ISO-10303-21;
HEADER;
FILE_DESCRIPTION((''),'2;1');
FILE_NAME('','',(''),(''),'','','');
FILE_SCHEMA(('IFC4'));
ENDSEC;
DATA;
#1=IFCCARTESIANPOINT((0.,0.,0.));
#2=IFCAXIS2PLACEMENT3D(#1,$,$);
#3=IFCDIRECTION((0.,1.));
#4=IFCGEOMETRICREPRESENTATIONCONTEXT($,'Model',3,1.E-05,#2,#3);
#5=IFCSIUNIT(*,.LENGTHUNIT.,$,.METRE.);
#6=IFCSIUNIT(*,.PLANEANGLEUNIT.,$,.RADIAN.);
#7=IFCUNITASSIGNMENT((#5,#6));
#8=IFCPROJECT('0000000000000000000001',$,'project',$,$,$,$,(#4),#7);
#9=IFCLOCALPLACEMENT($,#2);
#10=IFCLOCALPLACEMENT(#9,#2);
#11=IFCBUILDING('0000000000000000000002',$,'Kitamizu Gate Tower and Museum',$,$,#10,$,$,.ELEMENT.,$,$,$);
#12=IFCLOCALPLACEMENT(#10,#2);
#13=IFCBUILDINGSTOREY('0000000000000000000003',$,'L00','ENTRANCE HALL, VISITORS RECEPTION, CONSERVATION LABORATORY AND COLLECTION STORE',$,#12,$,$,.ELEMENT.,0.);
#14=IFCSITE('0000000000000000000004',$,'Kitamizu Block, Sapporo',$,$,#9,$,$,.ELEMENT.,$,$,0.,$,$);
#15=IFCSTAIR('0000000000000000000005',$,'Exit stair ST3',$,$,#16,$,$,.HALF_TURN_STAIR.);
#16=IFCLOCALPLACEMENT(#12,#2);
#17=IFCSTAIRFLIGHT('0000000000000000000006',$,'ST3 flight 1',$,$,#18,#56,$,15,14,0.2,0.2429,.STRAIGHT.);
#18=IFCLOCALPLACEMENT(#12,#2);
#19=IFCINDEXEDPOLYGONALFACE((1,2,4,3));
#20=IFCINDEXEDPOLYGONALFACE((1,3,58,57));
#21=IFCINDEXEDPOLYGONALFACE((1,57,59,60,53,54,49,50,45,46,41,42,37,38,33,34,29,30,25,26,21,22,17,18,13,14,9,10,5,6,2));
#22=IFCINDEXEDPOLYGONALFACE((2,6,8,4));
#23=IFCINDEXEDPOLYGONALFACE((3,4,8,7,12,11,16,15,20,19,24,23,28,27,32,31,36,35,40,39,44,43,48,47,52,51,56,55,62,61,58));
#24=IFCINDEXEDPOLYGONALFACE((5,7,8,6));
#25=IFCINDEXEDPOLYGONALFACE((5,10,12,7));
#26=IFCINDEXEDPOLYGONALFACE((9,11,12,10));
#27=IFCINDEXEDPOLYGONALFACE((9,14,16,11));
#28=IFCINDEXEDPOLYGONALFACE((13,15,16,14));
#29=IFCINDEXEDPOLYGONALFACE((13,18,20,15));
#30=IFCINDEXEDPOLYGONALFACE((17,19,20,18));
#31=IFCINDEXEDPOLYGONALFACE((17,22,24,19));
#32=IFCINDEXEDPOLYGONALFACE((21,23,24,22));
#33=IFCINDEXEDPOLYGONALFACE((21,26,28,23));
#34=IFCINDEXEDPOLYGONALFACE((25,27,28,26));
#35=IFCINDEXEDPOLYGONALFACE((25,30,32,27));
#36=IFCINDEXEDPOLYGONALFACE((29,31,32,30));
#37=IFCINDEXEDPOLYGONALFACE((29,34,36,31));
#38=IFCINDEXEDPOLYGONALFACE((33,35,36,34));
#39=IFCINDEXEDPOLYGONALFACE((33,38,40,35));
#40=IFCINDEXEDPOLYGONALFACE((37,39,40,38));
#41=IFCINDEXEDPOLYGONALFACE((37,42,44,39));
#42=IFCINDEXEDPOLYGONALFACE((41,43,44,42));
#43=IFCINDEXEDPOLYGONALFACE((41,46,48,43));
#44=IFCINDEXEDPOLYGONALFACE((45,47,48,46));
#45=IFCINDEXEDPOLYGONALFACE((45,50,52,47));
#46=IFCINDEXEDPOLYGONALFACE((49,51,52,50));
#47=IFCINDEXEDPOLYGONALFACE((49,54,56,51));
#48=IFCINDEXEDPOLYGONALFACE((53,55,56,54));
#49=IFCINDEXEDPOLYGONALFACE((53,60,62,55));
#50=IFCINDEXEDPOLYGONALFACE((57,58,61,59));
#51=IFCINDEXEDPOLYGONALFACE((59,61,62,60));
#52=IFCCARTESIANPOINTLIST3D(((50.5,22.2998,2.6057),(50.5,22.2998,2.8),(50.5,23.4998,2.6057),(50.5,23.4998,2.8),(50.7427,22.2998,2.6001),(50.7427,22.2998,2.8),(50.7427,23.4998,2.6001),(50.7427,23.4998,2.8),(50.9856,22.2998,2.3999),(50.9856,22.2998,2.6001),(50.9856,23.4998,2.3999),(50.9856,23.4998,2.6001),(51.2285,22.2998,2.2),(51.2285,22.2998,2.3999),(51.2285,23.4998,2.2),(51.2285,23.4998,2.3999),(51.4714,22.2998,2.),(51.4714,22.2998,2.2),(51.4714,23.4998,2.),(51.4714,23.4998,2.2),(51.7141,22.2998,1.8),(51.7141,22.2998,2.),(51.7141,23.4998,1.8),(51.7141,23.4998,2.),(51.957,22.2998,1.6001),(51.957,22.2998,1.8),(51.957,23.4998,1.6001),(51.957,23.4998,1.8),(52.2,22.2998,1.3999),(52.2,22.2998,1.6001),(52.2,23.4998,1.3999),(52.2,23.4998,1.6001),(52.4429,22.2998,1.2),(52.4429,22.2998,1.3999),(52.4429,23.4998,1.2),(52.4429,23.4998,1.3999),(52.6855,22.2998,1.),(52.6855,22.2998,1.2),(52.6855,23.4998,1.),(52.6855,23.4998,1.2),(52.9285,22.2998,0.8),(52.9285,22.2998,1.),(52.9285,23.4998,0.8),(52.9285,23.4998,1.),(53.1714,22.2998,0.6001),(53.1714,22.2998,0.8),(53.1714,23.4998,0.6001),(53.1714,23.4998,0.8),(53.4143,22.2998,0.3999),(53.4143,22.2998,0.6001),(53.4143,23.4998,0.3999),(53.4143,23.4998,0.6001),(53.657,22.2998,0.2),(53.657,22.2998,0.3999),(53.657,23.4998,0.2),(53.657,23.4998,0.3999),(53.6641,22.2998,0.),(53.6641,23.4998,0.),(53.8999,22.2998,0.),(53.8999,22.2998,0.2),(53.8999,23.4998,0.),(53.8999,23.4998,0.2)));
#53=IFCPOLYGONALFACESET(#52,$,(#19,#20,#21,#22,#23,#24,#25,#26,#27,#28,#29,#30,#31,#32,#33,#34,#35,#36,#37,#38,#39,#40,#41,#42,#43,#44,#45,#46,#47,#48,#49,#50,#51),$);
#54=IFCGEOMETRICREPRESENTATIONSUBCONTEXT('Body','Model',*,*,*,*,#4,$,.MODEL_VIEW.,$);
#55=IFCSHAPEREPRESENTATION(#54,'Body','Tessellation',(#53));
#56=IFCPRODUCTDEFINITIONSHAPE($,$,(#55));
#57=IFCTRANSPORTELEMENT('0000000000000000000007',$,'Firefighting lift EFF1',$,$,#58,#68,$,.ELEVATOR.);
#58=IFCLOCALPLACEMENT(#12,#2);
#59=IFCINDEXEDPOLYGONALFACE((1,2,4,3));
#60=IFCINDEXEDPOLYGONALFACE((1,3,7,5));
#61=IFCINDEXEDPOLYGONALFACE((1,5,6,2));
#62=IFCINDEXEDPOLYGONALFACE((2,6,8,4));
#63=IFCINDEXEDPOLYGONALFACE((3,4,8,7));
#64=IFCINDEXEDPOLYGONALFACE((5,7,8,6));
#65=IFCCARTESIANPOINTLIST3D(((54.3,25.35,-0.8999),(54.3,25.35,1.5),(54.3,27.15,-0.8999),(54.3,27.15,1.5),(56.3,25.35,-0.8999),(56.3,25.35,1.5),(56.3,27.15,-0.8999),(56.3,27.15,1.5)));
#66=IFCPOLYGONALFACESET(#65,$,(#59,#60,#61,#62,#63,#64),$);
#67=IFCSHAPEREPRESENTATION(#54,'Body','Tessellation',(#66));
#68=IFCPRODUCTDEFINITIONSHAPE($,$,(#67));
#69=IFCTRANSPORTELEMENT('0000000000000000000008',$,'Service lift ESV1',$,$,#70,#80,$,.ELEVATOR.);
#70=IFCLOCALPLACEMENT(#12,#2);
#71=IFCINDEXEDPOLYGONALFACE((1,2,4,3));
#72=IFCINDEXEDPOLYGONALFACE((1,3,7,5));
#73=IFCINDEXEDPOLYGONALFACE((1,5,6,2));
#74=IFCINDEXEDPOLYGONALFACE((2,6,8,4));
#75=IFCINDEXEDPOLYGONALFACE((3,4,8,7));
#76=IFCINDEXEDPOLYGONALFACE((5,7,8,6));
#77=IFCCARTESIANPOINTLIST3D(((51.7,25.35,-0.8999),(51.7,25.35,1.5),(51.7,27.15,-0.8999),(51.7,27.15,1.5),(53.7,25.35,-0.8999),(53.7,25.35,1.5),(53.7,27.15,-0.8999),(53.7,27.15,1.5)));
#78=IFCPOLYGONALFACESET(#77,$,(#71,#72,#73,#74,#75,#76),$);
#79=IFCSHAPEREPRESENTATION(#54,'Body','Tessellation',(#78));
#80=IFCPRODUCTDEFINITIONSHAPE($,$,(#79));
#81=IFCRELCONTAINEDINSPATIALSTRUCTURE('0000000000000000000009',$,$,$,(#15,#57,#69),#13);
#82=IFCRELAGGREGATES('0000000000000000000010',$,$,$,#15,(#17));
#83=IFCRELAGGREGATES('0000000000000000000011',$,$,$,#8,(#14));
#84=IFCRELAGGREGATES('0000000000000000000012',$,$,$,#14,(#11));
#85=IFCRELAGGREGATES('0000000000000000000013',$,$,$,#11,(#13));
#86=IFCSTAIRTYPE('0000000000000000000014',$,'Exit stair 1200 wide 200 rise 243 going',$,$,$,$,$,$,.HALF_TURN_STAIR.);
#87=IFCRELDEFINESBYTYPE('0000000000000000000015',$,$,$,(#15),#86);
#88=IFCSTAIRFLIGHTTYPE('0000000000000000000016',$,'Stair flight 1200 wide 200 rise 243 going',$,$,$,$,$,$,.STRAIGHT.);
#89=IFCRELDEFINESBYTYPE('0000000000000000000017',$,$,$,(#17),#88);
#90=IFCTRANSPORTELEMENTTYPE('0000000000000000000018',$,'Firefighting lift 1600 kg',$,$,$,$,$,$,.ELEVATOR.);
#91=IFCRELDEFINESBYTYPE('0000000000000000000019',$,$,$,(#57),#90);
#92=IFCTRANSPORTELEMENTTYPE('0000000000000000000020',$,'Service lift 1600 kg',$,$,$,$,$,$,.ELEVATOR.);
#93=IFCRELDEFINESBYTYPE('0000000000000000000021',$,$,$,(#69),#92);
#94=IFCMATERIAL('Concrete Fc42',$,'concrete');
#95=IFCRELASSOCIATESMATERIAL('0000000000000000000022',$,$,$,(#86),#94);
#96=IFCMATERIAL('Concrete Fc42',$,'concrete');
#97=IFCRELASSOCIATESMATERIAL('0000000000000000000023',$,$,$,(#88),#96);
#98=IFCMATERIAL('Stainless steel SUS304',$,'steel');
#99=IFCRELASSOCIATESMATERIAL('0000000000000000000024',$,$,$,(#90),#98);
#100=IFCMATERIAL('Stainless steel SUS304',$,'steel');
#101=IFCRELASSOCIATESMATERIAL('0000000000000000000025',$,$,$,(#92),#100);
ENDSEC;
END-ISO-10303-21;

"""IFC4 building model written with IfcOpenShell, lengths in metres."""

from ifc_helpers import new_model, si_unit, direction, frame, origin, origin_2d, place, context, subcontext, project, spatial, polyline, rectangle, outline, extrude, material, type_object, element, aggregate, save


model = new_model("IFC4")

# Units and contexts
model_context = context("Model", 3, precision=1e-05, world=origin(), true_north=direction((0.0, 1.0)))
body_context = subcontext(model_context, "Body", "Model", "MODEL_VIEW")
ifc_project = project(units=[si_unit("LENGTHUNIT", "METRE"), si_unit("PLANEANGLEUNIT", "RADIAN")], contexts=[model_context])

# Site, building, storey
site_placement = place(None, origin())
site = spatial("IfcSite", under=ifc_project, at=site_placement, Name="Kitamizu Block, Sapporo", CompositionType="ELEMENT", RefElevation=0.0)
building_placement = place(site_placement, origin())
building = spatial("IfcBuilding", under=site, at=building_placement, Name="Kitamizu Gate Tower and Museum", CompositionType="ELEMENT")
storey_placement = place(building_placement, origin())
storey = spatial("IfcBuildingStorey", under=building, at=storey_placement, Name="L00", Description="ENTRANCE HALL, VISITORS RECEPTION, CONSERVATION LABORATORY AND COLLECTION STORE", CompositionType="ELEMENT", Elevation=0.0)

# Stair, stair flight
ifc_material_1 = material(Name="Concrete Fc42", Category="concrete")
stair_type = type_object("IfcStairType", Name="Exit stair 1200 wide 200 rise 243 going", PredefinedType="HALF_TURN_STAIR", material=ifc_material_1)
stair_placement = place(storey_placement, origin())
stair = element("IfcStair", 1, at=stair_placement, inside=storey, type_object=stair_type, Name="Exit stair ST3", PredefinedType="HALF_TURN_STAIR")
ifc_material_2 = material(Name="Concrete Fc42", Category="concrete")
stair_flight_type = type_object("IfcStairFlightType", Name="Stair flight 1200 wide 200 rise 243 going", PredefinedType="STRAIGHT", material=ifc_material_2)
stair_flight_placement = place(storey_placement, frame((53.8999, 22.8999, 0.0), z_axis=(0.0, 0.0, 1.0), x_axis=(-1.0, 0.0, 0.0)))
stair_flight = element("IfcStairFlight", 2, at=stair_flight_placement, type_object=stair_flight_type, Name="ST3 flight 1", NumberOfRisers=15, NumberOfTreads=14, PredefinedType="STRAIGHT", RiserHeight=0.2, TreadLength=0.2429, context=body_context, shape_type="SweptSolid", body=[
    extrude(outline(polyline([(0.0, 0.0), (0.0, 0.2), (0.2429, 0.2), (0.2429, 0.3999), (0.4856, 0.3999), (0.4856, 0.6001), (0.7285, 0.6001), (0.7285, 0.8), (0.9714, 0.8), (0.9714, 1.0), (1.2144, 1.0), (1.2144, 1.2), (1.457, 1.2), (1.457, 1.3999), (1.7, 1.3999), (1.7, 1.6001), (1.9429, 1.6001), (1.9429, 1.8), (2.1858, 1.8), (2.1858, 2.0), (2.4285, 2.0), (2.4285, 2.2), (2.6714, 2.2), (2.6714, 2.3999), (2.9143, 2.3999), (2.9143, 2.6001), (3.1572, 2.6001), (3.1572, 2.8), (3.3999, 2.8), (3.3999, 3.0), (3.3999, 2.6057), (0.2358, 0.0), (0.0, 0.0)])), frame((0.0, 0.6001, 0.0), z_axis=(0.0, -1.0, 0.0), x_axis=(1.0, 0.0, 0.0)), (0.0, 0.0, 1.0), 1.2),
])
aggregate(stair, [stair_flight])

# Transport elements
ifc_material_3 = material(Name="Stainless steel SUS304", Category="steel")
transport_element_type_1 = type_object("IfcTransportElementType", Name="Firefighting lift 1600 kg", PredefinedType="ELEVATOR", material=ifc_material_3)
transport_element_1_placement = place(storey_placement, frame((55.3, 26.25, -0.8999), z_axis=(0.0, 0.0, 1.0), x_axis=(1.0, 0.0, 0.0)))
element("IfcTransportElement", 3, at=transport_element_1_placement, inside=storey, type_object=transport_element_type_1, Name="Firefighting lift EFF1", PredefinedType="ELEVATOR", context=body_context, shape_type="SweptSolid", body=[
    extrude(rectangle(XDim=2.0, YDim=1.8, at=origin_2d()), origin(), (0.0, 0.0, 1.0), 2.3999),
])
ifc_material_4 = material(Name="Stainless steel SUS304", Category="steel")
transport_element_type_2 = type_object("IfcTransportElementType", Name="Service lift 1600 kg", PredefinedType="ELEVATOR", material=ifc_material_4)
transport_element_2_placement = place(storey_placement, frame((52.7, 26.25, -0.8999), z_axis=(0.0, 0.0, 1.0), x_axis=(1.0, 0.0, 0.0)))
element("IfcTransportElement", 4, at=transport_element_2_placement, inside=storey, type_object=transport_element_type_2, Name="Service lift ESV1", PredefinedType="ELEVATOR", context=body_context, shape_type="SweptSolid", body=[
    extrude(rectangle(XDim=2.0, YDim=1.8, at=origin_2d()), origin(), (0.0, 0.0, 1.0), 2.3999),
])

save(model, "model.ifc")
